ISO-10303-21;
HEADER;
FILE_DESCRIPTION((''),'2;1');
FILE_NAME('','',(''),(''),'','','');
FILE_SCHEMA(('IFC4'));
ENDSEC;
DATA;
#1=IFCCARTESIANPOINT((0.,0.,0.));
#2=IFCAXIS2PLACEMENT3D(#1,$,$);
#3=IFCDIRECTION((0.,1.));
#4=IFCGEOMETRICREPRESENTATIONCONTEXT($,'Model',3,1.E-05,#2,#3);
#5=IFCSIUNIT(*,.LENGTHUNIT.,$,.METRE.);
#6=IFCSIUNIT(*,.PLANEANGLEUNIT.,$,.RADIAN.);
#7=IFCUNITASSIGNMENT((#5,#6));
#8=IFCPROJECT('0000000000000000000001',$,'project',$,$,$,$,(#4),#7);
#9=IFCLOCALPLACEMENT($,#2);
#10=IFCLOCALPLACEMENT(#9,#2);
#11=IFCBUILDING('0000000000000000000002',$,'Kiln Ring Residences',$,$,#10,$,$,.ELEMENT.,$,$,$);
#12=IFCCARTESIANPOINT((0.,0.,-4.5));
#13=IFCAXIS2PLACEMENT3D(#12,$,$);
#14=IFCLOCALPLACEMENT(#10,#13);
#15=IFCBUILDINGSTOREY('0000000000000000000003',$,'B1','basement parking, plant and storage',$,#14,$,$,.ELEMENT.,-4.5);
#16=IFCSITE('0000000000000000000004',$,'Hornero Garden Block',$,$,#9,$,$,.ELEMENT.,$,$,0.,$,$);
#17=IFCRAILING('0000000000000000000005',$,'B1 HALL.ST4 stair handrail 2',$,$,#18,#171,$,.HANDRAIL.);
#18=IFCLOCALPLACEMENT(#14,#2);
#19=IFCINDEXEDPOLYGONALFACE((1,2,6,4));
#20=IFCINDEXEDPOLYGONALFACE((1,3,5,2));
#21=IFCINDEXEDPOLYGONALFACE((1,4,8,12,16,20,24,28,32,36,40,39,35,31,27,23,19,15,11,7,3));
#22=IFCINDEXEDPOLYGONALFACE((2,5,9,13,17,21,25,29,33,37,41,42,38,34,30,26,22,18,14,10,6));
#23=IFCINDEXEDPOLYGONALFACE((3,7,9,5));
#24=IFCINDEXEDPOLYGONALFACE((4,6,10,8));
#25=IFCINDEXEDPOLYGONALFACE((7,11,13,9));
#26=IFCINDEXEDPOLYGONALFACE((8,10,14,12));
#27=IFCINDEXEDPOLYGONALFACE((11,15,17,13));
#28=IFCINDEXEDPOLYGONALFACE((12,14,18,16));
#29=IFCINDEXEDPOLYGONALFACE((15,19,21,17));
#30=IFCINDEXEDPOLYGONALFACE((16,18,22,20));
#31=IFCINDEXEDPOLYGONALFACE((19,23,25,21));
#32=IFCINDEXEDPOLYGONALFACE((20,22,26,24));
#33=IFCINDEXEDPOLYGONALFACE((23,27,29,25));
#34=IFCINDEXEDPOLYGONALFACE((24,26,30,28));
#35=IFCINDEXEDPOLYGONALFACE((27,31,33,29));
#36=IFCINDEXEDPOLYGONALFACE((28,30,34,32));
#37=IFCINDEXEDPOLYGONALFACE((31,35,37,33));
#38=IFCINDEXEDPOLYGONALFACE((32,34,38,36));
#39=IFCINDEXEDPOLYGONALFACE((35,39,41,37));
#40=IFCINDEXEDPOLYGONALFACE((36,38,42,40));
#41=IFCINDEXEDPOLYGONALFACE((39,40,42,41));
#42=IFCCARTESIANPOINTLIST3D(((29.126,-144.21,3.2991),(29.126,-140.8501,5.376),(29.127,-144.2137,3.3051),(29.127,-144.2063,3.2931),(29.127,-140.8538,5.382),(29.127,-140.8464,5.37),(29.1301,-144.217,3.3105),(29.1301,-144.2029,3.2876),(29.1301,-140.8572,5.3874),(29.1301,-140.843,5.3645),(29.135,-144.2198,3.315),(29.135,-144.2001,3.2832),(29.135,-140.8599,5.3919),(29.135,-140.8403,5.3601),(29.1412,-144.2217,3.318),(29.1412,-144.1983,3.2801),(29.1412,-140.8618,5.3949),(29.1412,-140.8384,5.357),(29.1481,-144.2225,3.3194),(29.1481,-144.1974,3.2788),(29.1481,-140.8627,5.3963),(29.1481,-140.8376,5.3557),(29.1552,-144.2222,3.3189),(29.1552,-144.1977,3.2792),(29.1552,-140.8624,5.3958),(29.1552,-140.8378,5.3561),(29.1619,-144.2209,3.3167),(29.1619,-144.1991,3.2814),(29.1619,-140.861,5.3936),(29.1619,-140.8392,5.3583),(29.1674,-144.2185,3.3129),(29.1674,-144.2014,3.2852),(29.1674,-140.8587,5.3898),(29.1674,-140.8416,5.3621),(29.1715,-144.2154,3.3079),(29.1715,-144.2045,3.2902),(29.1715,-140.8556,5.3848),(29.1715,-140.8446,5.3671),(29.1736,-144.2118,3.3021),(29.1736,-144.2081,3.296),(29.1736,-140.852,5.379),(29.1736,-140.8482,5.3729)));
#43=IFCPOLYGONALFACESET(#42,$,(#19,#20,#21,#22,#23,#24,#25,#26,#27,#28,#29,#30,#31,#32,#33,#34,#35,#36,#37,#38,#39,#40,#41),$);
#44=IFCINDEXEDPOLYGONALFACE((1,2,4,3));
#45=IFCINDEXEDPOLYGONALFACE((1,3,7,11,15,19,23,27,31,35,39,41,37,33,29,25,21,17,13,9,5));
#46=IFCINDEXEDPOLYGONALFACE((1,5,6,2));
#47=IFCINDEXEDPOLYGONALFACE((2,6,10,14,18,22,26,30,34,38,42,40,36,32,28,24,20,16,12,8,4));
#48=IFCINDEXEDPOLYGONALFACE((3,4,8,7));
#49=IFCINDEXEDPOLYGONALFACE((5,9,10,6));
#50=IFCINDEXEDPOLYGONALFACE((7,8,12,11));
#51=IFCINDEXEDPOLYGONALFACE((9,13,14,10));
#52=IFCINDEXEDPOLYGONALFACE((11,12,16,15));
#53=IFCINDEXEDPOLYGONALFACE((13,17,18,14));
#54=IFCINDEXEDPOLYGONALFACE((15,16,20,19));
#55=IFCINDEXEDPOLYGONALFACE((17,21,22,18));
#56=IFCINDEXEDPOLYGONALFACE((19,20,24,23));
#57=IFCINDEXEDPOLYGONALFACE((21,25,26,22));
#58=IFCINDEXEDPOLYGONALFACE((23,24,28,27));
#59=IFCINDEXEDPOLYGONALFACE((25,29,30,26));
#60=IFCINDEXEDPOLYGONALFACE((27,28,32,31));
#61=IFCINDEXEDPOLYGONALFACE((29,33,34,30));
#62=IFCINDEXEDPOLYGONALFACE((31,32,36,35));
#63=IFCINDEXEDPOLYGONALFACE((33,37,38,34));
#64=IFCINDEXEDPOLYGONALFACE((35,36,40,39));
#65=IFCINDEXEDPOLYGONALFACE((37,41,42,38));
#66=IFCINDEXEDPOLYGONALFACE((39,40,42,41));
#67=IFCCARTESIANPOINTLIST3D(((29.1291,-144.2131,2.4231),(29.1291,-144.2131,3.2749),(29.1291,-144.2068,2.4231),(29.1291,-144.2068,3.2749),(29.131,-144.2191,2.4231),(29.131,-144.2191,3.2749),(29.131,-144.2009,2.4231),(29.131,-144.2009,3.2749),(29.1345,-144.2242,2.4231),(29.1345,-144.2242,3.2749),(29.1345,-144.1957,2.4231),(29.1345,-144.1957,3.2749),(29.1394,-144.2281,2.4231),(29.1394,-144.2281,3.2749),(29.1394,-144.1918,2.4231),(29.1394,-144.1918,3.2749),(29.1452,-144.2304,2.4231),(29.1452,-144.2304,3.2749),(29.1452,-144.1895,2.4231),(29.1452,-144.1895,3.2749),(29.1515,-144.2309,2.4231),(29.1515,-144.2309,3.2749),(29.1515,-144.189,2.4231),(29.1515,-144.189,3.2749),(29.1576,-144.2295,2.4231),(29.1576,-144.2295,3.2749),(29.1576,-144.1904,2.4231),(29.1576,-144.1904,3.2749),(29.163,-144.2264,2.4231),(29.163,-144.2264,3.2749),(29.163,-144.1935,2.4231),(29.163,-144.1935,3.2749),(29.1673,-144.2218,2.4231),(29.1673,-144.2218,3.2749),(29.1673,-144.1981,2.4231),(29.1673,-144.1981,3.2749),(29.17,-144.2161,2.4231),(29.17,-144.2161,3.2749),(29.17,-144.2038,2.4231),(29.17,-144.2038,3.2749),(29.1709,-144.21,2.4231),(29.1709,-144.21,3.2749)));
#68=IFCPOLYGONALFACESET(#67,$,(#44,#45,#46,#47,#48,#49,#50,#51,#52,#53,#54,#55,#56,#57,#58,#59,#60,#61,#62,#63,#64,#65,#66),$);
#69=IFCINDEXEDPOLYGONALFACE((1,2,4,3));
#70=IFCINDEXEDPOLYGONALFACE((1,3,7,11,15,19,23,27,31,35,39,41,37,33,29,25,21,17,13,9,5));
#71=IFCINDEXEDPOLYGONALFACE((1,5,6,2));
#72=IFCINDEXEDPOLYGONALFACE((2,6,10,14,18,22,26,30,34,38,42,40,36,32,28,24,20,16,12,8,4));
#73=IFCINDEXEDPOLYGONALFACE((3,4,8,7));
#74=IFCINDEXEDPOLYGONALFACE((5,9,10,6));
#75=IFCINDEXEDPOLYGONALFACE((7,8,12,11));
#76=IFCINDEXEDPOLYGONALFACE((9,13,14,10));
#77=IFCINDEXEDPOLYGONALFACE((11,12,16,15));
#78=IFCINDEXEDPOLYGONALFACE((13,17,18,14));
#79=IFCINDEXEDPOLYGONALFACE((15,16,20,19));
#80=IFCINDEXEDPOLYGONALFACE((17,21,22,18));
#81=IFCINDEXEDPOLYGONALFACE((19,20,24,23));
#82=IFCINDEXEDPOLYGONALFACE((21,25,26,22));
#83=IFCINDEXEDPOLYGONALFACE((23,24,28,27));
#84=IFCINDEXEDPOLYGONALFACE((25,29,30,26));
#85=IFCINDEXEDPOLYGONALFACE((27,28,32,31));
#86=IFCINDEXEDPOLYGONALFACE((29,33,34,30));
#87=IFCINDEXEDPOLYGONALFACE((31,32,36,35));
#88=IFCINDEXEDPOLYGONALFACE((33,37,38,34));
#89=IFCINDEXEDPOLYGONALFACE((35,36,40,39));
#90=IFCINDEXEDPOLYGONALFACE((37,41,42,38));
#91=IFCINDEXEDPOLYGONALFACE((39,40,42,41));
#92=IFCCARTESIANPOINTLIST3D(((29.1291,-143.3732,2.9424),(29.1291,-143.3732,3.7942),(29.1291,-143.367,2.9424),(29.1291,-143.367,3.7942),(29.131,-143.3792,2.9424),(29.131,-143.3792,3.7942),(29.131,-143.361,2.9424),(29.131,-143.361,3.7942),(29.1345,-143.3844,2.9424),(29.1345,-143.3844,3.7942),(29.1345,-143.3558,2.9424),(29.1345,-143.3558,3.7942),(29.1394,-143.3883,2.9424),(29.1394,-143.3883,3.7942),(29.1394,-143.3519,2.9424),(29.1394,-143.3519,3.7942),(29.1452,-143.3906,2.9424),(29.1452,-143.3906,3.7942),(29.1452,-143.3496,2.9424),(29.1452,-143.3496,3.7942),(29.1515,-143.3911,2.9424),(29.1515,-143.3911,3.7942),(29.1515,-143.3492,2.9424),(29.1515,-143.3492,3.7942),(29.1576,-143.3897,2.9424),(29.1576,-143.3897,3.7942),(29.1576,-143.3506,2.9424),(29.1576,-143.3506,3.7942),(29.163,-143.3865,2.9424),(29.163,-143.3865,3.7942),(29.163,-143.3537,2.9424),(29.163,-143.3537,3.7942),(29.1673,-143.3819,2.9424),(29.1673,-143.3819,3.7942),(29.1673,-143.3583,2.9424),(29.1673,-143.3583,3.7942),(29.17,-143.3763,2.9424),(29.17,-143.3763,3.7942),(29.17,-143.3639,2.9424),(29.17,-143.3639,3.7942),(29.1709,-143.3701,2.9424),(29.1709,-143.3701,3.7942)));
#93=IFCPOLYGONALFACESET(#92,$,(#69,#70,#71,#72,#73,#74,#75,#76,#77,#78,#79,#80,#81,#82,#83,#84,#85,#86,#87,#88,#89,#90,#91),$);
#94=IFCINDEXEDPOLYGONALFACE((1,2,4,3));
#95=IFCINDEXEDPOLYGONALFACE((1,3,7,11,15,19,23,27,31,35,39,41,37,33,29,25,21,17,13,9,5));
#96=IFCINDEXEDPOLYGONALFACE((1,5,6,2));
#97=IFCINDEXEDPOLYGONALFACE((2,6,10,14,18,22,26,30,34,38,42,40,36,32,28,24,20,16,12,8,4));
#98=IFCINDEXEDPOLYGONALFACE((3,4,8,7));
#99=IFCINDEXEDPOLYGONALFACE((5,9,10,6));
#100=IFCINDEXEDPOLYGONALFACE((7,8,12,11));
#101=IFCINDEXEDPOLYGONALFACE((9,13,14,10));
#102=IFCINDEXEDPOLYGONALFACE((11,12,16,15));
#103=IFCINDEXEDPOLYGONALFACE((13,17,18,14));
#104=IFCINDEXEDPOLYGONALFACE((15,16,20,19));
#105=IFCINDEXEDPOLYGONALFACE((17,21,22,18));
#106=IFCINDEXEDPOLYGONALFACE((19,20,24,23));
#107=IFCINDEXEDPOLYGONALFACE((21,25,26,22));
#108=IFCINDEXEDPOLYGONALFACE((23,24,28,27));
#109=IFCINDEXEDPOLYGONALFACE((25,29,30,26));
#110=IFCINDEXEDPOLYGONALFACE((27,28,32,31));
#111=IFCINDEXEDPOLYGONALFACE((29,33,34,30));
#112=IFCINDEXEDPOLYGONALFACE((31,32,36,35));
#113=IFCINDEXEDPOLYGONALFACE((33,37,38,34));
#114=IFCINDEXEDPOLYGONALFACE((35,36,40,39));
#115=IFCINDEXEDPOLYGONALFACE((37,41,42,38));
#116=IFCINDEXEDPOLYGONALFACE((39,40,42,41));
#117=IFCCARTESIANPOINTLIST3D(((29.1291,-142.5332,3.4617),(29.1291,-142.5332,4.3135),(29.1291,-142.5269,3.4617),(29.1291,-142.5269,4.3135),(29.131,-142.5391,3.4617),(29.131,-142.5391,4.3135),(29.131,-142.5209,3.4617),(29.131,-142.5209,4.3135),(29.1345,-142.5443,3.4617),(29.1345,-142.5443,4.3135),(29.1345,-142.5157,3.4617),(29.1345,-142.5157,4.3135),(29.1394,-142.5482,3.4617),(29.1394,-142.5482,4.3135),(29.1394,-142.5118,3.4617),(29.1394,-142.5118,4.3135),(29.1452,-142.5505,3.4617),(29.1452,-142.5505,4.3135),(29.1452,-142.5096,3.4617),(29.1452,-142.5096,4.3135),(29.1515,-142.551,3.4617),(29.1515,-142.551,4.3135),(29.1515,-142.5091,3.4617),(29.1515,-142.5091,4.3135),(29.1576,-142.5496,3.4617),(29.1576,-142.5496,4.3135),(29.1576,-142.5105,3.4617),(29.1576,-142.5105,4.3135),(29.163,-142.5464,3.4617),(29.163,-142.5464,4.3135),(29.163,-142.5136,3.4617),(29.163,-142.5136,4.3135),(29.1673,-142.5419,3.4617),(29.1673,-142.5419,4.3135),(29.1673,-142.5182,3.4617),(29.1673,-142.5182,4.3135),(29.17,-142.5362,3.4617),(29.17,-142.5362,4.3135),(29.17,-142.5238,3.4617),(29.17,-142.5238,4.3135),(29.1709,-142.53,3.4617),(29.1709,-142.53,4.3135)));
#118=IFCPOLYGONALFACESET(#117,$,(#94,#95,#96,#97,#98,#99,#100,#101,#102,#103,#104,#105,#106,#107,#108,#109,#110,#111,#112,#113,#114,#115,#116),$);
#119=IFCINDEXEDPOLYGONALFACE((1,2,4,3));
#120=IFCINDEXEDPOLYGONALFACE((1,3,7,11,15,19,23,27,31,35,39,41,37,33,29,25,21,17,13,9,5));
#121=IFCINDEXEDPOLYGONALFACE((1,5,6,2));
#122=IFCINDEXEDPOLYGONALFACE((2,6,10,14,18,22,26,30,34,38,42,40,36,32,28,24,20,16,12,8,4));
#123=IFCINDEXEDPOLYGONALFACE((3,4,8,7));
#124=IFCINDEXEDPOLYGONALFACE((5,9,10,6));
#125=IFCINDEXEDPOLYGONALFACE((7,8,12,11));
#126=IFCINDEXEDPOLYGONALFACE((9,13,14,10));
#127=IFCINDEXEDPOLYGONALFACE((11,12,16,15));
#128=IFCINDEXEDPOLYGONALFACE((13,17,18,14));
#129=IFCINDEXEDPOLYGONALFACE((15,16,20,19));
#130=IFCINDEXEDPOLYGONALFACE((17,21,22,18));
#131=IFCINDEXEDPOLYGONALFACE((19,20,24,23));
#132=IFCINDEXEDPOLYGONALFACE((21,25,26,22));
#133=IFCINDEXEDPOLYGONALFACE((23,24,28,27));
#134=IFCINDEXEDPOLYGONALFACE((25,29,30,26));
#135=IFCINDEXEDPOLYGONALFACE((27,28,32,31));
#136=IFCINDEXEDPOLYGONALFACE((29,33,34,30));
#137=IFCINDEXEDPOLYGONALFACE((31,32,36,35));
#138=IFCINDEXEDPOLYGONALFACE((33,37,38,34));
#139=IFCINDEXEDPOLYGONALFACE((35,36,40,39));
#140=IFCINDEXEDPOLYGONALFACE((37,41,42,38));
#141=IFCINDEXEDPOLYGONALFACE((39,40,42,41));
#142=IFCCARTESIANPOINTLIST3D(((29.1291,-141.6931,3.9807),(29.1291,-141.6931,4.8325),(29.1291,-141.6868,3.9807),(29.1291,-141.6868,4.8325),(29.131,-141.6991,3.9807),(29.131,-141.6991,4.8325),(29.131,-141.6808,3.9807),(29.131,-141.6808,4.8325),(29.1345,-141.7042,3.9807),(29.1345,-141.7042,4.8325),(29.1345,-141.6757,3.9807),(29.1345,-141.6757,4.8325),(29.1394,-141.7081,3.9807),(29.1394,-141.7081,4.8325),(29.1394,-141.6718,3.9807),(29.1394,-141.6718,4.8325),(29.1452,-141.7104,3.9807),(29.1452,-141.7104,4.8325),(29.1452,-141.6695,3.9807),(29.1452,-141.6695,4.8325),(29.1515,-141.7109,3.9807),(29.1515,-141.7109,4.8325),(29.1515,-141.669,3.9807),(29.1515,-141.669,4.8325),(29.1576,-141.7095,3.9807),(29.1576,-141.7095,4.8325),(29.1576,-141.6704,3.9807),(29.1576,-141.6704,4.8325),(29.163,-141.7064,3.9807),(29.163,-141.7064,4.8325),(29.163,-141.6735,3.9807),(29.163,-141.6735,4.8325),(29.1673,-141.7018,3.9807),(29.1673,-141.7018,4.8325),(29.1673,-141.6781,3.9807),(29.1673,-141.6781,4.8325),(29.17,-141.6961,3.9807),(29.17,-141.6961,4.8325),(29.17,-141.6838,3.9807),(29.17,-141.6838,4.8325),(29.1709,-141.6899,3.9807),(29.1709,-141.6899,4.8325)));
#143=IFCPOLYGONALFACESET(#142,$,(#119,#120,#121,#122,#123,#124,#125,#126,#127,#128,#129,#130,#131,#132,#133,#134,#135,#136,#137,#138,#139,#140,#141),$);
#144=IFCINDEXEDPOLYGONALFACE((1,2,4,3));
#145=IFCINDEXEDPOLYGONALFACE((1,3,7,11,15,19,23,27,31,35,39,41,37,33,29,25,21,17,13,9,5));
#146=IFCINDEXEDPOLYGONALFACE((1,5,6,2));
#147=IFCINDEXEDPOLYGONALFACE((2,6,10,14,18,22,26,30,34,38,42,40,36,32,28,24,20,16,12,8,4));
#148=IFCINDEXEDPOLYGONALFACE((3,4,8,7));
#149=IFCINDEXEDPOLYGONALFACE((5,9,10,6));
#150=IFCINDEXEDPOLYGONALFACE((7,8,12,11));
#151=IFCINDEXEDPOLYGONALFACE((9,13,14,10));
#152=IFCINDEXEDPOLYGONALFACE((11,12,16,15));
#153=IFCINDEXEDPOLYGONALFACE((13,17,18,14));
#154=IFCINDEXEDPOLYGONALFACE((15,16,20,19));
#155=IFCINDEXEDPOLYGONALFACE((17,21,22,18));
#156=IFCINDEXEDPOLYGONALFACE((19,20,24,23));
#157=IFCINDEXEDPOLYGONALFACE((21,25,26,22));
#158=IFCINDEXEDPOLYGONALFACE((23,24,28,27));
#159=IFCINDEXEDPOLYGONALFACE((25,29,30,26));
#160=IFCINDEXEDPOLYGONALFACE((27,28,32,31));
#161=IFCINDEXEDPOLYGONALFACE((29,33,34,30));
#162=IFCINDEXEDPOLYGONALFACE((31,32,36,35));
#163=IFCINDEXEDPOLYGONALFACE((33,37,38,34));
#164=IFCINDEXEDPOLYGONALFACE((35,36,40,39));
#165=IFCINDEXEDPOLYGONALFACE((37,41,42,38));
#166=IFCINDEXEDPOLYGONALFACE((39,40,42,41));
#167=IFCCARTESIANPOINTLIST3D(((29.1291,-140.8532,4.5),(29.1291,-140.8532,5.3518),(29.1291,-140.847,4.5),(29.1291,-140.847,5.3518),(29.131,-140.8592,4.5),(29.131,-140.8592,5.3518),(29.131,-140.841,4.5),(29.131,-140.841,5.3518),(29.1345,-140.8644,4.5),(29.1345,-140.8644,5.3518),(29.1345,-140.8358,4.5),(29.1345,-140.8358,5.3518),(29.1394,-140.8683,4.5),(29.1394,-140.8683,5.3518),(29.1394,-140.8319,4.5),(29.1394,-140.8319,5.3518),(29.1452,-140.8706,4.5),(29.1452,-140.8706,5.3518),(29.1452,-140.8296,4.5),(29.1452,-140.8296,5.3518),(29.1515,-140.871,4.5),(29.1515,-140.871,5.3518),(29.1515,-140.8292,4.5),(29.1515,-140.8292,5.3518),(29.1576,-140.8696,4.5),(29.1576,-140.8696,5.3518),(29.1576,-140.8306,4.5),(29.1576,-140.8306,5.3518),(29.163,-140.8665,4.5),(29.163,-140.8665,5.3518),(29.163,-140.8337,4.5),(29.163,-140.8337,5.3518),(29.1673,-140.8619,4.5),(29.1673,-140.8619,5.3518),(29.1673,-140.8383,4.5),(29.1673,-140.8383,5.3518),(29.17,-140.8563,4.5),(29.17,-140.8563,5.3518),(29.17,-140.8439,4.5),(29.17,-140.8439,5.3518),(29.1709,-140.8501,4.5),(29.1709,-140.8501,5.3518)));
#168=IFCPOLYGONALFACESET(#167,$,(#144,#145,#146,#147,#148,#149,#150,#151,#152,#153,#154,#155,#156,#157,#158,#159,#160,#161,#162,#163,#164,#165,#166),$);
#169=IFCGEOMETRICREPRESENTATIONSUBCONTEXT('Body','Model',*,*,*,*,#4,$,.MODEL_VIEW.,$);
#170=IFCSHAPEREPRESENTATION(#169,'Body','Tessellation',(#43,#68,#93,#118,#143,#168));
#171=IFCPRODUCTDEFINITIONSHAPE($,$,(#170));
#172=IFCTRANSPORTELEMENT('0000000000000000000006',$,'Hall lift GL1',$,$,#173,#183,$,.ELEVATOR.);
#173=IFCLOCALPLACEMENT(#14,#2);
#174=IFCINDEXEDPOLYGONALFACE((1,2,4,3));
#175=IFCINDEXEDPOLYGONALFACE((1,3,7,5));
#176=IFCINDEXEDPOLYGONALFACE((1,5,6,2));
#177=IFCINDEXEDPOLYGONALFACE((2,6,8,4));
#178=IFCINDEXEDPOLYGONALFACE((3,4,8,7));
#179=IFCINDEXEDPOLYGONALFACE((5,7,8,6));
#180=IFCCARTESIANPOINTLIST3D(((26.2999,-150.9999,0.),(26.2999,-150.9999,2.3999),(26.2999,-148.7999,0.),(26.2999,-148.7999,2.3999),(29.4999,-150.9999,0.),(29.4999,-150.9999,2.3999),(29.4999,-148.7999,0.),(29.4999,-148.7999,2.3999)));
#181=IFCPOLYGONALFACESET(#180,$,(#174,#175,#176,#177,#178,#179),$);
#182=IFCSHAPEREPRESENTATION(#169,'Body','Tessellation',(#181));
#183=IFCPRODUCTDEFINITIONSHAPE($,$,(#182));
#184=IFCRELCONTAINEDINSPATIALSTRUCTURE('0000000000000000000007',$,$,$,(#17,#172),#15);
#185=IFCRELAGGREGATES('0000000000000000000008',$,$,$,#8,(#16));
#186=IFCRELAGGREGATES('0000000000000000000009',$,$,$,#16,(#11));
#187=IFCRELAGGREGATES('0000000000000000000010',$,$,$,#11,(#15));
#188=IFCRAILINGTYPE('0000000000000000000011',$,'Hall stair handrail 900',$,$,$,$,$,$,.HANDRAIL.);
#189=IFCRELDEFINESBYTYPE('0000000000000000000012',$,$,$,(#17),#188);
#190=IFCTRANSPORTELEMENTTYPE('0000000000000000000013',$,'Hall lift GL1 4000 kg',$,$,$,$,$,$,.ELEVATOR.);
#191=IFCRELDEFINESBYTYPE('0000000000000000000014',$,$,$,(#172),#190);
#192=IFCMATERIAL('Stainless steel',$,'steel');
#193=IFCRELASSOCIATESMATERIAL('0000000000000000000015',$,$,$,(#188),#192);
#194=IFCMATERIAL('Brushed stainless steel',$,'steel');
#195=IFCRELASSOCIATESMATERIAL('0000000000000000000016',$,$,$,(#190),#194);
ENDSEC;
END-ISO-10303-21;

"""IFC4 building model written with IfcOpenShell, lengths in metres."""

from ifc_helpers import new_model, si_unit, direction, frame, origin, origin_2d, place, context, subcontext, project, spatial, rectangle, circle, extrude, material, type_object, element, save


model = new_model("IFC4")

# Units and contexts
model_context = context("Model", 3, precision=1e-05, world=origin(), true_north=direction((0.0, 1.0)))
body_context = subcontext(model_context, "Body", "Model", "MODEL_VIEW")
ifc_project = project(units=[si_unit("LENGTHUNIT", "METRE"), si_unit("PLANEANGLEUNIT", "RADIAN")], contexts=[model_context])

# Site, building, storey
site_placement = place(None, origin())
site = spatial("IfcSite", under=ifc_project, at=site_placement, Name="Hornero Garden Block", CompositionType="ELEMENT", RefElevation=0.0)
building_placement = place(site_placement, origin())
building = spatial("IfcBuilding", under=site, at=building_placement, Name="Kiln Ring Residences", CompositionType="ELEMENT")
storey_placement = place(building_placement, frame((0.0, 0.0, -4.5)))
storey = spatial("IfcBuildingStorey", under=building, at=storey_placement, Name="B1", Description="basement parking, plant and storage", CompositionType="ELEMENT", Elevation=-4.5)

# Railing
ifc_material_1 = material(Name="Stainless steel", Category="steel")
railing_type_1 = type_object("IfcRailingType", Name="Hall stair handrail 900", PredefinedType="HANDRAIL", material=ifc_material_1)
railing_1_placement = place(storey_placement, frame((29.1499, -144.21, 2.4231)))
element("IfcRailing", 1, at=railing_1_placement, inside=storey, type_object=railing_type_1, Name="B1 HALL.ST4 stair handrail 2", PredefinedType="HANDRAIL", context=body_context, shape_type="SweptSolid", body=[
    extrude(circle(Radius=0.0239, at=origin_2d()), frame((0.0, 0.0, 0.876), z_axis=(0.0, 0.850606, 0.525803), x_axis=(-1.0, 0.0, 0.0)), (0.0, 0.0, 1.0), 3.95),
    extrude(circle(Radius=0.021, at=origin_2d()), origin(), (0.0, 0.0, 1.0), 0.8518),
    extrude(circle(Radius=0.021, at=origin_2d()), frame((0.0, 0.8398, 0.5193)), (0.0, 0.0, 1.0), 0.8518),
    extrude(circle(Radius=0.021, at=origin_2d()), frame((0.0, 1.6799, 1.0386)), (0.0, 0.0, 1.0), 0.8518),
    extrude(circle(Radius=0.021, at=origin_2d()), frame((0.0, 2.52, 1.5576)), (0.0, 0.0, 1.0), 0.8518),
    extrude(circle(Radius=0.021, at=origin_2d()), frame((0.0, 3.3599, 2.0769)), (0.0, 0.0, 1.0), 0.8518),
])

# Transport element
ifc_material_2 = material(Name="Brushed stainless steel", Category="steel")
transport_element_type = type_object("IfcTransportElementType", Name="Hall lift GL1 4000 kg", PredefinedType="ELEVATOR", material=ifc_material_2)
transport_element_placement = place(storey_placement, frame((27.8999, -149.8999, 0.0), z_axis=(0.0, 0.0, 1.0), x_axis=(1.0, 0.0, 0.0)))
element("IfcTransportElement", 2, at=transport_element_placement, inside=storey, type_object=transport_element_type, Name="Hall lift GL1", PredefinedType="ELEVATOR", context=body_context, shape_type="SweptSolid", body=[
    extrude(rectangle(XDim=3.2, YDim=2.2, at=origin_2d()), origin(), (0.0, 0.0, 1.0), 2.3999),
])

save(model, "model.ifc")
